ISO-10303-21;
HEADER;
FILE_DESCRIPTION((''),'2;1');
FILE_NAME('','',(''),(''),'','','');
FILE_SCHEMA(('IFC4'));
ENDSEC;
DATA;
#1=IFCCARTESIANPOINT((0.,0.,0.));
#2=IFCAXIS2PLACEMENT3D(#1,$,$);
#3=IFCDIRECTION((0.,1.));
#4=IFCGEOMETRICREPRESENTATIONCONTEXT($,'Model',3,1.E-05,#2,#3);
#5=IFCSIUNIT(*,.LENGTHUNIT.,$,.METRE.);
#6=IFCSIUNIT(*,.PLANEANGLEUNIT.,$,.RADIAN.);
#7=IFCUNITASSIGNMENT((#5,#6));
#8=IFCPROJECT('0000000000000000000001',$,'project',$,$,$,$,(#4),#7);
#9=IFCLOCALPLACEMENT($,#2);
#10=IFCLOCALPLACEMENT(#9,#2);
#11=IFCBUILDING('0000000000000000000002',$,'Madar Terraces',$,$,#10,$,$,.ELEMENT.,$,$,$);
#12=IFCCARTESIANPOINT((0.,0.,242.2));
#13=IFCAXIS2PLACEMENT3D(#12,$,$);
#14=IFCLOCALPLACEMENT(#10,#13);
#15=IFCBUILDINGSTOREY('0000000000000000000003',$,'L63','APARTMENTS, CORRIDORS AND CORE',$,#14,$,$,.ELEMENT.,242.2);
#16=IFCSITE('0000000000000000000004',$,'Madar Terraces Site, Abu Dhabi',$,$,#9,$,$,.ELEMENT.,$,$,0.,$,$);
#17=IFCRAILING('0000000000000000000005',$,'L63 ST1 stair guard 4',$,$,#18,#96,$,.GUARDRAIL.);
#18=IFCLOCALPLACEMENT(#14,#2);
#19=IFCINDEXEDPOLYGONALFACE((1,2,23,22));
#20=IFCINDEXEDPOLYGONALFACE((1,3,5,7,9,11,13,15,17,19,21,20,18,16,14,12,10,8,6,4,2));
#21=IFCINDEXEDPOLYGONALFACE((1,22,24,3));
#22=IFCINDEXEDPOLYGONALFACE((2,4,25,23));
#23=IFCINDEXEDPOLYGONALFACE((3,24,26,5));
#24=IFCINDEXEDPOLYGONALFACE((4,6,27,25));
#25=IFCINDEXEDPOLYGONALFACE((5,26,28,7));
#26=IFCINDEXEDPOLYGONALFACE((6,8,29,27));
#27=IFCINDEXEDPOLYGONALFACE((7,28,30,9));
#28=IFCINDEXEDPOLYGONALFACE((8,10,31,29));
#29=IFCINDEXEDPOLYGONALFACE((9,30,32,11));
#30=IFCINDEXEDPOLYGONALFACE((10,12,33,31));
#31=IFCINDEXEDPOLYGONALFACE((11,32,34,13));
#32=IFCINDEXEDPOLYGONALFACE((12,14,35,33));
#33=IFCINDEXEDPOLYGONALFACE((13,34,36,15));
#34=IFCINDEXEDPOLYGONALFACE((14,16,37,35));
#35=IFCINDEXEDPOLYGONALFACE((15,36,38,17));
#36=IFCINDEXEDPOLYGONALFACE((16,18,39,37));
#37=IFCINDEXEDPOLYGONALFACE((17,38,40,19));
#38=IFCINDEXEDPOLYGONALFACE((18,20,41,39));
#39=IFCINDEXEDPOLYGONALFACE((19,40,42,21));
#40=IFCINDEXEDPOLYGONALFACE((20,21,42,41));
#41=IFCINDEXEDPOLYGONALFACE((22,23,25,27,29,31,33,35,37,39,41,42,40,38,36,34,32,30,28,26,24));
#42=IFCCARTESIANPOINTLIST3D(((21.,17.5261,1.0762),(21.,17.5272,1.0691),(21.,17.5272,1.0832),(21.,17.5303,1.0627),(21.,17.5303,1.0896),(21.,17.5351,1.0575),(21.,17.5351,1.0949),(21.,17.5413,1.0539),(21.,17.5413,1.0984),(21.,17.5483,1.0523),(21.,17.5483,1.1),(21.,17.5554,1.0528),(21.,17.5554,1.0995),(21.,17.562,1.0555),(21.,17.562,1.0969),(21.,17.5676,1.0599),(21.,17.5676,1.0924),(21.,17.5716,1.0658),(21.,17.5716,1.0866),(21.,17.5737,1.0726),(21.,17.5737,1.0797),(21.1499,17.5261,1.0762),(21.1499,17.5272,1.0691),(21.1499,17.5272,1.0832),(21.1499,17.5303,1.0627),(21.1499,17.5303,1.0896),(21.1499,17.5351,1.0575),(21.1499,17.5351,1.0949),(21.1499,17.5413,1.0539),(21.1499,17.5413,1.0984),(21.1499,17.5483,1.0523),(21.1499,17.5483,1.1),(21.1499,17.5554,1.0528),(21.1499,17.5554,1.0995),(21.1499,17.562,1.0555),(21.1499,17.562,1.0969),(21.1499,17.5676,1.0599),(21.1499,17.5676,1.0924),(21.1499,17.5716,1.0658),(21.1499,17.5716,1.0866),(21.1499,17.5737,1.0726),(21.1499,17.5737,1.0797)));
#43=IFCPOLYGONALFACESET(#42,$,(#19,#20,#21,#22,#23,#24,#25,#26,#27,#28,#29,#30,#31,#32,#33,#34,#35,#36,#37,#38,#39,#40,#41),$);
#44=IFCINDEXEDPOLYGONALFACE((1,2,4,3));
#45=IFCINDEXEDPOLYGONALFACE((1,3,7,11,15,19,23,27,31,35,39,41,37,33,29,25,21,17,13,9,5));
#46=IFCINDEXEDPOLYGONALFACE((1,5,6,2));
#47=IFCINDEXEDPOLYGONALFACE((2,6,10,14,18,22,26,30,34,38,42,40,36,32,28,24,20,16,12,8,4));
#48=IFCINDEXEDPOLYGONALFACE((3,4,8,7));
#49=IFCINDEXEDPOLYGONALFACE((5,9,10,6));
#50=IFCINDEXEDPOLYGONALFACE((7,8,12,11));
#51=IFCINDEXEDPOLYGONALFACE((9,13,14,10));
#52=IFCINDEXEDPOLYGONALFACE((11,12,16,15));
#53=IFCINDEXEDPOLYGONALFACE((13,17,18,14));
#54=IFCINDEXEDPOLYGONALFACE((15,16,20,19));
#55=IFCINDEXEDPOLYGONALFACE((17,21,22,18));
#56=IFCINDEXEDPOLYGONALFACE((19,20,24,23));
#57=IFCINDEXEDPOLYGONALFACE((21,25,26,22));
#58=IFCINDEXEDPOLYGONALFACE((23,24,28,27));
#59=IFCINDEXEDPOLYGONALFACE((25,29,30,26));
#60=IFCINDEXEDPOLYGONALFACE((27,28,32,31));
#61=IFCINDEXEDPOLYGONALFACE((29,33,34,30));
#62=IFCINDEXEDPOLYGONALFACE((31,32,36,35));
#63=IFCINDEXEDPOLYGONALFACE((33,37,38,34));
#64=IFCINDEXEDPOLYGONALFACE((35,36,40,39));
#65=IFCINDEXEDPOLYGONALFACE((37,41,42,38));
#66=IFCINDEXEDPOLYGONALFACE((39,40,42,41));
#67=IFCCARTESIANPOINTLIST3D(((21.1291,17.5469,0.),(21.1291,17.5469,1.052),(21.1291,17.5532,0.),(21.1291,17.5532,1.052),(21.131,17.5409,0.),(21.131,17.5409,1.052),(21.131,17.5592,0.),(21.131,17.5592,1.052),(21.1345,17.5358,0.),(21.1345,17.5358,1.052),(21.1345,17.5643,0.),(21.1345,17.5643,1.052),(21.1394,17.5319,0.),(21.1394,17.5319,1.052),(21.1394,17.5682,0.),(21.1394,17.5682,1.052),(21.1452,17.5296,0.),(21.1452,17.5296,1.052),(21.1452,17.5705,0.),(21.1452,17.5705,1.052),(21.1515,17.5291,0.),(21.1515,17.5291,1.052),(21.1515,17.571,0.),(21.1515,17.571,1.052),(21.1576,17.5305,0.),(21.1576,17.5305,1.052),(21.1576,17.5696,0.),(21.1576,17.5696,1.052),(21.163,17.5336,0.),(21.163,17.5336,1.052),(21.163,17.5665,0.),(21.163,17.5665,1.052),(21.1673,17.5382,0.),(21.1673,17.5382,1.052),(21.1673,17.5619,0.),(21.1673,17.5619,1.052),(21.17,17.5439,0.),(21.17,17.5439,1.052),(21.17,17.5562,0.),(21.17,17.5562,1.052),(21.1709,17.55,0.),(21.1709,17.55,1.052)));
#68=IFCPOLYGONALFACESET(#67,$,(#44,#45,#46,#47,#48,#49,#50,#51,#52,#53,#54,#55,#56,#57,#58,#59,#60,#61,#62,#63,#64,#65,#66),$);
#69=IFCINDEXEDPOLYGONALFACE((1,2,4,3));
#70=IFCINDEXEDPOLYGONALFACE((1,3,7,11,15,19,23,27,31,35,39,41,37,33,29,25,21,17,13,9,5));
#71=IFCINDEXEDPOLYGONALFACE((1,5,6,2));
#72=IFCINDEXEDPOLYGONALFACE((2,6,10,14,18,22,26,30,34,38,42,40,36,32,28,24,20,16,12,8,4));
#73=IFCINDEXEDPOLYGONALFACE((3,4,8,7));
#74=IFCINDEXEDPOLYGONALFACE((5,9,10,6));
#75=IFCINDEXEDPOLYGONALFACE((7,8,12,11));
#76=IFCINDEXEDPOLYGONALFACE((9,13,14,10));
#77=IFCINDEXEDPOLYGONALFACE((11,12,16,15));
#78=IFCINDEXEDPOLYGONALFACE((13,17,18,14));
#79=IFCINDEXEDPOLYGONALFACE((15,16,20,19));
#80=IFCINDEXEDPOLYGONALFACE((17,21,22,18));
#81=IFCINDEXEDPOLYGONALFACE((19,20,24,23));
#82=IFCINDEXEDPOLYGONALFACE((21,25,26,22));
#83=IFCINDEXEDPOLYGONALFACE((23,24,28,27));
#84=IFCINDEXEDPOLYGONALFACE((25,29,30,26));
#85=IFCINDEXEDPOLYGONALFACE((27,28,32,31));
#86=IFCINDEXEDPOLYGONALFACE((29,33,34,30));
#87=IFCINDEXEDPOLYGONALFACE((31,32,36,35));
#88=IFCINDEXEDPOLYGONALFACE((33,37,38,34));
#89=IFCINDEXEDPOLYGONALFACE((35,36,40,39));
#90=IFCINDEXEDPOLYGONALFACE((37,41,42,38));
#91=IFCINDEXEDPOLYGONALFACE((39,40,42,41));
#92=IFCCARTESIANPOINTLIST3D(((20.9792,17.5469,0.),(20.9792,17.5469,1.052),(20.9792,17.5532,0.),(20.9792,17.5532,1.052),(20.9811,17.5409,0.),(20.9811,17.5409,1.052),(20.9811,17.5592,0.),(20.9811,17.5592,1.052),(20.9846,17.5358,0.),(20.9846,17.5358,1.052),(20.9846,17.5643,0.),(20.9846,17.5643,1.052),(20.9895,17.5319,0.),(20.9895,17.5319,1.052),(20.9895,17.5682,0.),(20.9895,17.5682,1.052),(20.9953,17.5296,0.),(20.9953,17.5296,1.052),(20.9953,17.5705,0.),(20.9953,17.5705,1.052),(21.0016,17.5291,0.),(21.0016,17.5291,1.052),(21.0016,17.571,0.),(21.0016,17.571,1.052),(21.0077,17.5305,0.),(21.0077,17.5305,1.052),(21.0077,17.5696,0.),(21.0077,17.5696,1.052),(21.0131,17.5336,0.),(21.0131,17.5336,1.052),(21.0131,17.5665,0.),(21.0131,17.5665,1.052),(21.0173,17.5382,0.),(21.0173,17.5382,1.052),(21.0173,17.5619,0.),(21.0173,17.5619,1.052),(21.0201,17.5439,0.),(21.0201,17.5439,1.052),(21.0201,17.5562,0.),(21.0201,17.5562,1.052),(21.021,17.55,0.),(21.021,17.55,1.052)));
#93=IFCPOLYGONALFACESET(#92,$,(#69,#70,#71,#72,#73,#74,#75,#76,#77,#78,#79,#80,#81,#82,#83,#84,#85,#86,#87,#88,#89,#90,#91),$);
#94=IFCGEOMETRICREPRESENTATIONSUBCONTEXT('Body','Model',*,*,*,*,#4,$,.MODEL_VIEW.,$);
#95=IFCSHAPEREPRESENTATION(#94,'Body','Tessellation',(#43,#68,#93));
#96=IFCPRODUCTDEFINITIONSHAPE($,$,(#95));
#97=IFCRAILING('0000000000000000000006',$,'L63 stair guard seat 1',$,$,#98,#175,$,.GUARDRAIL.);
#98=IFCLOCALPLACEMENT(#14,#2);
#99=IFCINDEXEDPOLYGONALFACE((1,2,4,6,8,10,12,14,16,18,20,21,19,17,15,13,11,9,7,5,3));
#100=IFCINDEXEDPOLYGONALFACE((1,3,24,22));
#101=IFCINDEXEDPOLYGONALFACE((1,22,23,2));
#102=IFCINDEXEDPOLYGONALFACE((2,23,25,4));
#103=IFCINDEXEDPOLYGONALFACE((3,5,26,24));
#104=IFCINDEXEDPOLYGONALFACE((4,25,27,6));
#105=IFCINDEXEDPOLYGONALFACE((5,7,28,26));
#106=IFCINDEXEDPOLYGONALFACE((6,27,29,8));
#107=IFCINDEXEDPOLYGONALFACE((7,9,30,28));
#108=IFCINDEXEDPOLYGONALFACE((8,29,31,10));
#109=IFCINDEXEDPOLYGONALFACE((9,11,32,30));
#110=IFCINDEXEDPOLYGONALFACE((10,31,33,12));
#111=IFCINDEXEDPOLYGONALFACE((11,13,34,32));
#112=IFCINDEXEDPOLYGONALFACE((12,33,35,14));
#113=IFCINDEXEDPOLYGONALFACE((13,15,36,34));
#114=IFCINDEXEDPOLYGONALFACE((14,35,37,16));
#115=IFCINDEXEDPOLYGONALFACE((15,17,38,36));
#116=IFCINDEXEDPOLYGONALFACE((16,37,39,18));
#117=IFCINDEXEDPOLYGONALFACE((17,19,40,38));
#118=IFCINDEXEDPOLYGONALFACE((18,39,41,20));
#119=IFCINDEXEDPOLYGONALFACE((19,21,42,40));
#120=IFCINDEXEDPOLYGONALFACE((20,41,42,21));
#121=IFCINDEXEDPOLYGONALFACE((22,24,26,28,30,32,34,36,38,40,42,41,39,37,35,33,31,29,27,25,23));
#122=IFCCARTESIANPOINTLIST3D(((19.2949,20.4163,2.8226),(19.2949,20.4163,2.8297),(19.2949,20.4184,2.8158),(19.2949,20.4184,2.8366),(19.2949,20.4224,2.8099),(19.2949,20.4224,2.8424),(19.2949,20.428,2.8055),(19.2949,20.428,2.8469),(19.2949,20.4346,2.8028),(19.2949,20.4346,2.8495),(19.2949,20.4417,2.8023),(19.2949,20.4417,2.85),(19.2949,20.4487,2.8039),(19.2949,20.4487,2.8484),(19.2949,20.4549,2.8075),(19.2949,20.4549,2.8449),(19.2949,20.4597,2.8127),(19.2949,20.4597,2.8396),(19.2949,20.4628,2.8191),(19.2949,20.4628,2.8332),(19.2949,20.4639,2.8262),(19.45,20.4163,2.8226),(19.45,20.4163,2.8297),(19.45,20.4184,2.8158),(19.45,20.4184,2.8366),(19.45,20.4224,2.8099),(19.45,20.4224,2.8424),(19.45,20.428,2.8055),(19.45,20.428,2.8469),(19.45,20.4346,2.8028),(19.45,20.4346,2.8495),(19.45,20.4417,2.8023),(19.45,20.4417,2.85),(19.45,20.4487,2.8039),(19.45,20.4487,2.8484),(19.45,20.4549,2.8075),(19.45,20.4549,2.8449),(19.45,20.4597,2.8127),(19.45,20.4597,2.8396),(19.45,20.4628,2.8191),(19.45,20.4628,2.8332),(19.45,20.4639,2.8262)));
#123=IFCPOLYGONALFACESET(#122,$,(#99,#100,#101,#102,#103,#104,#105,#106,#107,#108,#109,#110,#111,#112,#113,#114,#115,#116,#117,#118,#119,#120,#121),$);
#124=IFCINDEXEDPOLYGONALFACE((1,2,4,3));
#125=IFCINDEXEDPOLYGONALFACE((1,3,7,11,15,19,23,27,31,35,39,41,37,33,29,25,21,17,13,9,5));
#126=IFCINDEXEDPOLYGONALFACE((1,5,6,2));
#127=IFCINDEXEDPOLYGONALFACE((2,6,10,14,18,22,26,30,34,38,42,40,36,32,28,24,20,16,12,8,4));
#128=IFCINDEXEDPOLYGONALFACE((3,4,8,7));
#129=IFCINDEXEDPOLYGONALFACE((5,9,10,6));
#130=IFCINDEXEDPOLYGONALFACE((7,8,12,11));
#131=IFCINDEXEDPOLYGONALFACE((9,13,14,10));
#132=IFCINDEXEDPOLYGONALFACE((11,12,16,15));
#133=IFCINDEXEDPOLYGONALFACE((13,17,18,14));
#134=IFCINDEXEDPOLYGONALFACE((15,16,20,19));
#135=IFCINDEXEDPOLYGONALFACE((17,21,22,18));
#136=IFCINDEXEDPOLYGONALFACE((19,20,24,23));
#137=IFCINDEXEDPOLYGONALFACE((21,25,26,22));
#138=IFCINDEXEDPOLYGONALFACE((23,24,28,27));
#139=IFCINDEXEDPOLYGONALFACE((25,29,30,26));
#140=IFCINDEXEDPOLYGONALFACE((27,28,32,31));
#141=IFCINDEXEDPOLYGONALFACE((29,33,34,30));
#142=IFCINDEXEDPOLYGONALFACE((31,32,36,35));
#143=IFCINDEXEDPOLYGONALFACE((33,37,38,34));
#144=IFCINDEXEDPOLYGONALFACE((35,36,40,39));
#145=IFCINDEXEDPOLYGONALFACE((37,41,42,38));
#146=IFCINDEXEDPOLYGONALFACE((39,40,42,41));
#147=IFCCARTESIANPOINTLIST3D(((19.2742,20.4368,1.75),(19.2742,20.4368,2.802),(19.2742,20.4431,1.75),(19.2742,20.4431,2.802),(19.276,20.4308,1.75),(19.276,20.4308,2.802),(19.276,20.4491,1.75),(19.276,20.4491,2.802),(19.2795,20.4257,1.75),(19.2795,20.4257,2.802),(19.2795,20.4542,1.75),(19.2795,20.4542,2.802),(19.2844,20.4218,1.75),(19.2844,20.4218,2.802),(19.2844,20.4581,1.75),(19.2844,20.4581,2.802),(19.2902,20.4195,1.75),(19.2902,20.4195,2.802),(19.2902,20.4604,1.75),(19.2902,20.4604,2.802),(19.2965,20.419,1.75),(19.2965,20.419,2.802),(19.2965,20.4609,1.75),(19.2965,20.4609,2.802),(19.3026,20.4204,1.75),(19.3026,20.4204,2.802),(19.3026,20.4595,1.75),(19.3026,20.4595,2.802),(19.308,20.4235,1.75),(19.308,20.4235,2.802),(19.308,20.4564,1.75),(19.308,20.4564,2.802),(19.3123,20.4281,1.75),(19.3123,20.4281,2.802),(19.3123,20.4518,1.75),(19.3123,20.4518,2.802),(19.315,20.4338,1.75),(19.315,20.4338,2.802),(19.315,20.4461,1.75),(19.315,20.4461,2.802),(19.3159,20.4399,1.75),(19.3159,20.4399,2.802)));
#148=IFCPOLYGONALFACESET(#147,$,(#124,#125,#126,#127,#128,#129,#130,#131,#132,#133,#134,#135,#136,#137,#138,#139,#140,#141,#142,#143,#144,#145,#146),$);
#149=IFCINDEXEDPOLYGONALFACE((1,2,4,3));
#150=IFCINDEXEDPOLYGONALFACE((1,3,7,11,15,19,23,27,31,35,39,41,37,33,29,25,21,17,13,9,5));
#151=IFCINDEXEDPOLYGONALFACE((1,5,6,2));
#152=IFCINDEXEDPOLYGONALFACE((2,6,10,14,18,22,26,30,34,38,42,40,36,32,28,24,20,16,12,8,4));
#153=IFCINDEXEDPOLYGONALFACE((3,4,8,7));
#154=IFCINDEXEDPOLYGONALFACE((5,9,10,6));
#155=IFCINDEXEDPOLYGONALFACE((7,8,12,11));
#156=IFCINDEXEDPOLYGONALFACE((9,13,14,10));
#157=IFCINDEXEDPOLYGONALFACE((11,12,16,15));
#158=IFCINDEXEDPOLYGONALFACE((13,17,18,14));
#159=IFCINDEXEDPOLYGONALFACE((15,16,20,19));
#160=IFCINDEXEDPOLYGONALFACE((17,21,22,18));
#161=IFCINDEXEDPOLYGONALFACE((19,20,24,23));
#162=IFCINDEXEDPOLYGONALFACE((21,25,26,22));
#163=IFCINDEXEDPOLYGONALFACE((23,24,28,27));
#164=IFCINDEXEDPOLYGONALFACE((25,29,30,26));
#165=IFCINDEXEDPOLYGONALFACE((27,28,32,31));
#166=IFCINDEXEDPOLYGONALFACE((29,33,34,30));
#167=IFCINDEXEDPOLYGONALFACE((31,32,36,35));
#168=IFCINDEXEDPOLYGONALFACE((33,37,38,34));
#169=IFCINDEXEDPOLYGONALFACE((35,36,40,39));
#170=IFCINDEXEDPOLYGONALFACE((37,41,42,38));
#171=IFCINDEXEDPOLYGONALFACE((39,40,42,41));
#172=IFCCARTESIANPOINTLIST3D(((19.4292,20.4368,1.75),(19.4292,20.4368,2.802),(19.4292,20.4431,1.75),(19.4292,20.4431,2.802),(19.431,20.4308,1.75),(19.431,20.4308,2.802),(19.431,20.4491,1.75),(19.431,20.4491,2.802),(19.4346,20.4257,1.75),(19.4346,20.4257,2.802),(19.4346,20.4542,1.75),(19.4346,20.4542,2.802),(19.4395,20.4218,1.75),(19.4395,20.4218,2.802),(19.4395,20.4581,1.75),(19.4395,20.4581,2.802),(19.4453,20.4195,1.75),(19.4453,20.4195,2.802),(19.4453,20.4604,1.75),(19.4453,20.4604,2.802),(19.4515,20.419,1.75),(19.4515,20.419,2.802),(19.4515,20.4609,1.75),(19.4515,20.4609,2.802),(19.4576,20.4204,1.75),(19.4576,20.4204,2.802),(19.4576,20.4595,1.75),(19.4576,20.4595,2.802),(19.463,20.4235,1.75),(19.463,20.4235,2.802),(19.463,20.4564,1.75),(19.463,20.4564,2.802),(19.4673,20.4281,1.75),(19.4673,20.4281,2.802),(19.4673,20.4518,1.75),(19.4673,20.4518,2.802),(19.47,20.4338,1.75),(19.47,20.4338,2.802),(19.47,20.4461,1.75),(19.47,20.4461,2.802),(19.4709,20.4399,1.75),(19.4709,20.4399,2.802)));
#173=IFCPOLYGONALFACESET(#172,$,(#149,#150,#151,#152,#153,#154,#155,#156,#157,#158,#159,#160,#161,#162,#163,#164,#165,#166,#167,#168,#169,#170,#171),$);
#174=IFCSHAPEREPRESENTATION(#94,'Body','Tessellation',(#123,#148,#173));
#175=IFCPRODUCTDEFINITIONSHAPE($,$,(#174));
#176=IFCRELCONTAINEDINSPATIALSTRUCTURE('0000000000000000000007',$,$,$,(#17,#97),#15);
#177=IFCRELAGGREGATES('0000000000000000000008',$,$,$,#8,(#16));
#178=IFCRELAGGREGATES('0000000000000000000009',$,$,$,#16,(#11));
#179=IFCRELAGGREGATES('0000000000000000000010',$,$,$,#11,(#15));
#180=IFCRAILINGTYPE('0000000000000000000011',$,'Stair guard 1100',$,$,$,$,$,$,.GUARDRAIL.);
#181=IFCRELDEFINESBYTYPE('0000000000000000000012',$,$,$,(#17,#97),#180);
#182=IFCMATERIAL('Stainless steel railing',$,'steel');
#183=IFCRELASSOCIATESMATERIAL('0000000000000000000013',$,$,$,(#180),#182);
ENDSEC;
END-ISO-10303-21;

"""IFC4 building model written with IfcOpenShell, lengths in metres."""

from ifc_helpers import new_model, si_unit, direction, frame, origin, origin_2d, place, context, subcontext, project, spatial, circle, extrude, material, type_object, element, save


model = new_model("IFC4")

# Units and contexts
model_context = context("Model", 3, precision=1e-05, world=origin(), true_north=direction((0.0, 1.0)))
body_context = subcontext(model_context, "Body", "Model", "MODEL_VIEW")
ifc_project = project(units=[si_unit("LENGTHUNIT", "METRE"), si_unit("PLANEANGLEUNIT", "RADIAN")], contexts=[model_context])

# Site, building, storey
site_placement = place(None, origin())
site = spatial("IfcSite", under=ifc_project, at=site_placement, Name="Madar Terraces Site, Abu Dhabi", CompositionType="ELEMENT", RefElevation=0.0)
building_placement = place(site_placement, origin())
building = spatial("IfcBuilding", under=site, at=building_placement, Name="Madar Terraces", CompositionType="ELEMENT")
storey_placement = place(building_placement, frame((0.0, 0.0, 242.2)))
storey = spatial("IfcBuildingStorey", under=building, at=storey_placement, Name="L63", Description="APARTMENTS, CORRIDORS AND CORE", CompositionType="ELEMENT", Elevation=242.2)

# Railings
ifc_material_1 = material(Name="Stainless steel railing", Category="steel")
railing_type_1 = type_object("IfcRailingType", Name="Stair guard 1100", PredefinedType="GUARDRAIL", material=ifc_material_1)
railing_1_placement = place(storey_placement, frame((21.1499, 17.55, 0.0)))
element("IfcRailing", 1, at=railing_1_placement, inside=storey, type_object=railing_type_1, Name="L63 ST1 stair guard 4", PredefinedType="GUARDRAIL", context=body_context, shape_type="SweptSolid", body=[
    extrude(circle(Radius=0.0239, at=origin_2d()), frame((0.0, 0.0, 1.0762), z_axis=(-1.0, 0.0, 0.0), x_axis=(0.0, -1.0, 0.0)), (0.0, 0.0, 1.0), 0.1499),
    extrude(circle(Radius=0.021, at=origin_2d()), origin(), (0.0, 0.0, 1.0), 1.052),
    extrude(circle(Radius=0.021, at=origin_2d()), frame((-0.1499, 0.0, 0.0)), (0.0, 0.0, 1.0), 1.052),
])
for number, where, name in (
    (2, (19.2949, 20.4399, 1.75), "L63 stair guard seat 1"),
):
    element("IfcRailing", number, at=place(storey_placement, frame(where)), inside=storey, type_object=railing_type_1, Name=name, PredefinedType="GUARDRAIL", context=body_context, shape_type="SweptSolid", body=[
        extrude(circle(Radius=0.0239, at=origin_2d()), frame((0.0, 0.0, 1.0762), z_axis=(1.0, 0.0, 0.0), x_axis=(0.0, 1.0, 0.0)), (0.0, 0.0, 1.0), 0.155),
        extrude(circle(Radius=0.021, at=origin_2d()), origin(), (0.0, 0.0, 1.0), 1.052),
        extrude(circle(Radius=0.021, at=origin_2d()), frame((0.155, 0.0, 0.0)), (0.0, 0.0, 1.0), 1.052),
    ])

save(model, "model.ifc")
